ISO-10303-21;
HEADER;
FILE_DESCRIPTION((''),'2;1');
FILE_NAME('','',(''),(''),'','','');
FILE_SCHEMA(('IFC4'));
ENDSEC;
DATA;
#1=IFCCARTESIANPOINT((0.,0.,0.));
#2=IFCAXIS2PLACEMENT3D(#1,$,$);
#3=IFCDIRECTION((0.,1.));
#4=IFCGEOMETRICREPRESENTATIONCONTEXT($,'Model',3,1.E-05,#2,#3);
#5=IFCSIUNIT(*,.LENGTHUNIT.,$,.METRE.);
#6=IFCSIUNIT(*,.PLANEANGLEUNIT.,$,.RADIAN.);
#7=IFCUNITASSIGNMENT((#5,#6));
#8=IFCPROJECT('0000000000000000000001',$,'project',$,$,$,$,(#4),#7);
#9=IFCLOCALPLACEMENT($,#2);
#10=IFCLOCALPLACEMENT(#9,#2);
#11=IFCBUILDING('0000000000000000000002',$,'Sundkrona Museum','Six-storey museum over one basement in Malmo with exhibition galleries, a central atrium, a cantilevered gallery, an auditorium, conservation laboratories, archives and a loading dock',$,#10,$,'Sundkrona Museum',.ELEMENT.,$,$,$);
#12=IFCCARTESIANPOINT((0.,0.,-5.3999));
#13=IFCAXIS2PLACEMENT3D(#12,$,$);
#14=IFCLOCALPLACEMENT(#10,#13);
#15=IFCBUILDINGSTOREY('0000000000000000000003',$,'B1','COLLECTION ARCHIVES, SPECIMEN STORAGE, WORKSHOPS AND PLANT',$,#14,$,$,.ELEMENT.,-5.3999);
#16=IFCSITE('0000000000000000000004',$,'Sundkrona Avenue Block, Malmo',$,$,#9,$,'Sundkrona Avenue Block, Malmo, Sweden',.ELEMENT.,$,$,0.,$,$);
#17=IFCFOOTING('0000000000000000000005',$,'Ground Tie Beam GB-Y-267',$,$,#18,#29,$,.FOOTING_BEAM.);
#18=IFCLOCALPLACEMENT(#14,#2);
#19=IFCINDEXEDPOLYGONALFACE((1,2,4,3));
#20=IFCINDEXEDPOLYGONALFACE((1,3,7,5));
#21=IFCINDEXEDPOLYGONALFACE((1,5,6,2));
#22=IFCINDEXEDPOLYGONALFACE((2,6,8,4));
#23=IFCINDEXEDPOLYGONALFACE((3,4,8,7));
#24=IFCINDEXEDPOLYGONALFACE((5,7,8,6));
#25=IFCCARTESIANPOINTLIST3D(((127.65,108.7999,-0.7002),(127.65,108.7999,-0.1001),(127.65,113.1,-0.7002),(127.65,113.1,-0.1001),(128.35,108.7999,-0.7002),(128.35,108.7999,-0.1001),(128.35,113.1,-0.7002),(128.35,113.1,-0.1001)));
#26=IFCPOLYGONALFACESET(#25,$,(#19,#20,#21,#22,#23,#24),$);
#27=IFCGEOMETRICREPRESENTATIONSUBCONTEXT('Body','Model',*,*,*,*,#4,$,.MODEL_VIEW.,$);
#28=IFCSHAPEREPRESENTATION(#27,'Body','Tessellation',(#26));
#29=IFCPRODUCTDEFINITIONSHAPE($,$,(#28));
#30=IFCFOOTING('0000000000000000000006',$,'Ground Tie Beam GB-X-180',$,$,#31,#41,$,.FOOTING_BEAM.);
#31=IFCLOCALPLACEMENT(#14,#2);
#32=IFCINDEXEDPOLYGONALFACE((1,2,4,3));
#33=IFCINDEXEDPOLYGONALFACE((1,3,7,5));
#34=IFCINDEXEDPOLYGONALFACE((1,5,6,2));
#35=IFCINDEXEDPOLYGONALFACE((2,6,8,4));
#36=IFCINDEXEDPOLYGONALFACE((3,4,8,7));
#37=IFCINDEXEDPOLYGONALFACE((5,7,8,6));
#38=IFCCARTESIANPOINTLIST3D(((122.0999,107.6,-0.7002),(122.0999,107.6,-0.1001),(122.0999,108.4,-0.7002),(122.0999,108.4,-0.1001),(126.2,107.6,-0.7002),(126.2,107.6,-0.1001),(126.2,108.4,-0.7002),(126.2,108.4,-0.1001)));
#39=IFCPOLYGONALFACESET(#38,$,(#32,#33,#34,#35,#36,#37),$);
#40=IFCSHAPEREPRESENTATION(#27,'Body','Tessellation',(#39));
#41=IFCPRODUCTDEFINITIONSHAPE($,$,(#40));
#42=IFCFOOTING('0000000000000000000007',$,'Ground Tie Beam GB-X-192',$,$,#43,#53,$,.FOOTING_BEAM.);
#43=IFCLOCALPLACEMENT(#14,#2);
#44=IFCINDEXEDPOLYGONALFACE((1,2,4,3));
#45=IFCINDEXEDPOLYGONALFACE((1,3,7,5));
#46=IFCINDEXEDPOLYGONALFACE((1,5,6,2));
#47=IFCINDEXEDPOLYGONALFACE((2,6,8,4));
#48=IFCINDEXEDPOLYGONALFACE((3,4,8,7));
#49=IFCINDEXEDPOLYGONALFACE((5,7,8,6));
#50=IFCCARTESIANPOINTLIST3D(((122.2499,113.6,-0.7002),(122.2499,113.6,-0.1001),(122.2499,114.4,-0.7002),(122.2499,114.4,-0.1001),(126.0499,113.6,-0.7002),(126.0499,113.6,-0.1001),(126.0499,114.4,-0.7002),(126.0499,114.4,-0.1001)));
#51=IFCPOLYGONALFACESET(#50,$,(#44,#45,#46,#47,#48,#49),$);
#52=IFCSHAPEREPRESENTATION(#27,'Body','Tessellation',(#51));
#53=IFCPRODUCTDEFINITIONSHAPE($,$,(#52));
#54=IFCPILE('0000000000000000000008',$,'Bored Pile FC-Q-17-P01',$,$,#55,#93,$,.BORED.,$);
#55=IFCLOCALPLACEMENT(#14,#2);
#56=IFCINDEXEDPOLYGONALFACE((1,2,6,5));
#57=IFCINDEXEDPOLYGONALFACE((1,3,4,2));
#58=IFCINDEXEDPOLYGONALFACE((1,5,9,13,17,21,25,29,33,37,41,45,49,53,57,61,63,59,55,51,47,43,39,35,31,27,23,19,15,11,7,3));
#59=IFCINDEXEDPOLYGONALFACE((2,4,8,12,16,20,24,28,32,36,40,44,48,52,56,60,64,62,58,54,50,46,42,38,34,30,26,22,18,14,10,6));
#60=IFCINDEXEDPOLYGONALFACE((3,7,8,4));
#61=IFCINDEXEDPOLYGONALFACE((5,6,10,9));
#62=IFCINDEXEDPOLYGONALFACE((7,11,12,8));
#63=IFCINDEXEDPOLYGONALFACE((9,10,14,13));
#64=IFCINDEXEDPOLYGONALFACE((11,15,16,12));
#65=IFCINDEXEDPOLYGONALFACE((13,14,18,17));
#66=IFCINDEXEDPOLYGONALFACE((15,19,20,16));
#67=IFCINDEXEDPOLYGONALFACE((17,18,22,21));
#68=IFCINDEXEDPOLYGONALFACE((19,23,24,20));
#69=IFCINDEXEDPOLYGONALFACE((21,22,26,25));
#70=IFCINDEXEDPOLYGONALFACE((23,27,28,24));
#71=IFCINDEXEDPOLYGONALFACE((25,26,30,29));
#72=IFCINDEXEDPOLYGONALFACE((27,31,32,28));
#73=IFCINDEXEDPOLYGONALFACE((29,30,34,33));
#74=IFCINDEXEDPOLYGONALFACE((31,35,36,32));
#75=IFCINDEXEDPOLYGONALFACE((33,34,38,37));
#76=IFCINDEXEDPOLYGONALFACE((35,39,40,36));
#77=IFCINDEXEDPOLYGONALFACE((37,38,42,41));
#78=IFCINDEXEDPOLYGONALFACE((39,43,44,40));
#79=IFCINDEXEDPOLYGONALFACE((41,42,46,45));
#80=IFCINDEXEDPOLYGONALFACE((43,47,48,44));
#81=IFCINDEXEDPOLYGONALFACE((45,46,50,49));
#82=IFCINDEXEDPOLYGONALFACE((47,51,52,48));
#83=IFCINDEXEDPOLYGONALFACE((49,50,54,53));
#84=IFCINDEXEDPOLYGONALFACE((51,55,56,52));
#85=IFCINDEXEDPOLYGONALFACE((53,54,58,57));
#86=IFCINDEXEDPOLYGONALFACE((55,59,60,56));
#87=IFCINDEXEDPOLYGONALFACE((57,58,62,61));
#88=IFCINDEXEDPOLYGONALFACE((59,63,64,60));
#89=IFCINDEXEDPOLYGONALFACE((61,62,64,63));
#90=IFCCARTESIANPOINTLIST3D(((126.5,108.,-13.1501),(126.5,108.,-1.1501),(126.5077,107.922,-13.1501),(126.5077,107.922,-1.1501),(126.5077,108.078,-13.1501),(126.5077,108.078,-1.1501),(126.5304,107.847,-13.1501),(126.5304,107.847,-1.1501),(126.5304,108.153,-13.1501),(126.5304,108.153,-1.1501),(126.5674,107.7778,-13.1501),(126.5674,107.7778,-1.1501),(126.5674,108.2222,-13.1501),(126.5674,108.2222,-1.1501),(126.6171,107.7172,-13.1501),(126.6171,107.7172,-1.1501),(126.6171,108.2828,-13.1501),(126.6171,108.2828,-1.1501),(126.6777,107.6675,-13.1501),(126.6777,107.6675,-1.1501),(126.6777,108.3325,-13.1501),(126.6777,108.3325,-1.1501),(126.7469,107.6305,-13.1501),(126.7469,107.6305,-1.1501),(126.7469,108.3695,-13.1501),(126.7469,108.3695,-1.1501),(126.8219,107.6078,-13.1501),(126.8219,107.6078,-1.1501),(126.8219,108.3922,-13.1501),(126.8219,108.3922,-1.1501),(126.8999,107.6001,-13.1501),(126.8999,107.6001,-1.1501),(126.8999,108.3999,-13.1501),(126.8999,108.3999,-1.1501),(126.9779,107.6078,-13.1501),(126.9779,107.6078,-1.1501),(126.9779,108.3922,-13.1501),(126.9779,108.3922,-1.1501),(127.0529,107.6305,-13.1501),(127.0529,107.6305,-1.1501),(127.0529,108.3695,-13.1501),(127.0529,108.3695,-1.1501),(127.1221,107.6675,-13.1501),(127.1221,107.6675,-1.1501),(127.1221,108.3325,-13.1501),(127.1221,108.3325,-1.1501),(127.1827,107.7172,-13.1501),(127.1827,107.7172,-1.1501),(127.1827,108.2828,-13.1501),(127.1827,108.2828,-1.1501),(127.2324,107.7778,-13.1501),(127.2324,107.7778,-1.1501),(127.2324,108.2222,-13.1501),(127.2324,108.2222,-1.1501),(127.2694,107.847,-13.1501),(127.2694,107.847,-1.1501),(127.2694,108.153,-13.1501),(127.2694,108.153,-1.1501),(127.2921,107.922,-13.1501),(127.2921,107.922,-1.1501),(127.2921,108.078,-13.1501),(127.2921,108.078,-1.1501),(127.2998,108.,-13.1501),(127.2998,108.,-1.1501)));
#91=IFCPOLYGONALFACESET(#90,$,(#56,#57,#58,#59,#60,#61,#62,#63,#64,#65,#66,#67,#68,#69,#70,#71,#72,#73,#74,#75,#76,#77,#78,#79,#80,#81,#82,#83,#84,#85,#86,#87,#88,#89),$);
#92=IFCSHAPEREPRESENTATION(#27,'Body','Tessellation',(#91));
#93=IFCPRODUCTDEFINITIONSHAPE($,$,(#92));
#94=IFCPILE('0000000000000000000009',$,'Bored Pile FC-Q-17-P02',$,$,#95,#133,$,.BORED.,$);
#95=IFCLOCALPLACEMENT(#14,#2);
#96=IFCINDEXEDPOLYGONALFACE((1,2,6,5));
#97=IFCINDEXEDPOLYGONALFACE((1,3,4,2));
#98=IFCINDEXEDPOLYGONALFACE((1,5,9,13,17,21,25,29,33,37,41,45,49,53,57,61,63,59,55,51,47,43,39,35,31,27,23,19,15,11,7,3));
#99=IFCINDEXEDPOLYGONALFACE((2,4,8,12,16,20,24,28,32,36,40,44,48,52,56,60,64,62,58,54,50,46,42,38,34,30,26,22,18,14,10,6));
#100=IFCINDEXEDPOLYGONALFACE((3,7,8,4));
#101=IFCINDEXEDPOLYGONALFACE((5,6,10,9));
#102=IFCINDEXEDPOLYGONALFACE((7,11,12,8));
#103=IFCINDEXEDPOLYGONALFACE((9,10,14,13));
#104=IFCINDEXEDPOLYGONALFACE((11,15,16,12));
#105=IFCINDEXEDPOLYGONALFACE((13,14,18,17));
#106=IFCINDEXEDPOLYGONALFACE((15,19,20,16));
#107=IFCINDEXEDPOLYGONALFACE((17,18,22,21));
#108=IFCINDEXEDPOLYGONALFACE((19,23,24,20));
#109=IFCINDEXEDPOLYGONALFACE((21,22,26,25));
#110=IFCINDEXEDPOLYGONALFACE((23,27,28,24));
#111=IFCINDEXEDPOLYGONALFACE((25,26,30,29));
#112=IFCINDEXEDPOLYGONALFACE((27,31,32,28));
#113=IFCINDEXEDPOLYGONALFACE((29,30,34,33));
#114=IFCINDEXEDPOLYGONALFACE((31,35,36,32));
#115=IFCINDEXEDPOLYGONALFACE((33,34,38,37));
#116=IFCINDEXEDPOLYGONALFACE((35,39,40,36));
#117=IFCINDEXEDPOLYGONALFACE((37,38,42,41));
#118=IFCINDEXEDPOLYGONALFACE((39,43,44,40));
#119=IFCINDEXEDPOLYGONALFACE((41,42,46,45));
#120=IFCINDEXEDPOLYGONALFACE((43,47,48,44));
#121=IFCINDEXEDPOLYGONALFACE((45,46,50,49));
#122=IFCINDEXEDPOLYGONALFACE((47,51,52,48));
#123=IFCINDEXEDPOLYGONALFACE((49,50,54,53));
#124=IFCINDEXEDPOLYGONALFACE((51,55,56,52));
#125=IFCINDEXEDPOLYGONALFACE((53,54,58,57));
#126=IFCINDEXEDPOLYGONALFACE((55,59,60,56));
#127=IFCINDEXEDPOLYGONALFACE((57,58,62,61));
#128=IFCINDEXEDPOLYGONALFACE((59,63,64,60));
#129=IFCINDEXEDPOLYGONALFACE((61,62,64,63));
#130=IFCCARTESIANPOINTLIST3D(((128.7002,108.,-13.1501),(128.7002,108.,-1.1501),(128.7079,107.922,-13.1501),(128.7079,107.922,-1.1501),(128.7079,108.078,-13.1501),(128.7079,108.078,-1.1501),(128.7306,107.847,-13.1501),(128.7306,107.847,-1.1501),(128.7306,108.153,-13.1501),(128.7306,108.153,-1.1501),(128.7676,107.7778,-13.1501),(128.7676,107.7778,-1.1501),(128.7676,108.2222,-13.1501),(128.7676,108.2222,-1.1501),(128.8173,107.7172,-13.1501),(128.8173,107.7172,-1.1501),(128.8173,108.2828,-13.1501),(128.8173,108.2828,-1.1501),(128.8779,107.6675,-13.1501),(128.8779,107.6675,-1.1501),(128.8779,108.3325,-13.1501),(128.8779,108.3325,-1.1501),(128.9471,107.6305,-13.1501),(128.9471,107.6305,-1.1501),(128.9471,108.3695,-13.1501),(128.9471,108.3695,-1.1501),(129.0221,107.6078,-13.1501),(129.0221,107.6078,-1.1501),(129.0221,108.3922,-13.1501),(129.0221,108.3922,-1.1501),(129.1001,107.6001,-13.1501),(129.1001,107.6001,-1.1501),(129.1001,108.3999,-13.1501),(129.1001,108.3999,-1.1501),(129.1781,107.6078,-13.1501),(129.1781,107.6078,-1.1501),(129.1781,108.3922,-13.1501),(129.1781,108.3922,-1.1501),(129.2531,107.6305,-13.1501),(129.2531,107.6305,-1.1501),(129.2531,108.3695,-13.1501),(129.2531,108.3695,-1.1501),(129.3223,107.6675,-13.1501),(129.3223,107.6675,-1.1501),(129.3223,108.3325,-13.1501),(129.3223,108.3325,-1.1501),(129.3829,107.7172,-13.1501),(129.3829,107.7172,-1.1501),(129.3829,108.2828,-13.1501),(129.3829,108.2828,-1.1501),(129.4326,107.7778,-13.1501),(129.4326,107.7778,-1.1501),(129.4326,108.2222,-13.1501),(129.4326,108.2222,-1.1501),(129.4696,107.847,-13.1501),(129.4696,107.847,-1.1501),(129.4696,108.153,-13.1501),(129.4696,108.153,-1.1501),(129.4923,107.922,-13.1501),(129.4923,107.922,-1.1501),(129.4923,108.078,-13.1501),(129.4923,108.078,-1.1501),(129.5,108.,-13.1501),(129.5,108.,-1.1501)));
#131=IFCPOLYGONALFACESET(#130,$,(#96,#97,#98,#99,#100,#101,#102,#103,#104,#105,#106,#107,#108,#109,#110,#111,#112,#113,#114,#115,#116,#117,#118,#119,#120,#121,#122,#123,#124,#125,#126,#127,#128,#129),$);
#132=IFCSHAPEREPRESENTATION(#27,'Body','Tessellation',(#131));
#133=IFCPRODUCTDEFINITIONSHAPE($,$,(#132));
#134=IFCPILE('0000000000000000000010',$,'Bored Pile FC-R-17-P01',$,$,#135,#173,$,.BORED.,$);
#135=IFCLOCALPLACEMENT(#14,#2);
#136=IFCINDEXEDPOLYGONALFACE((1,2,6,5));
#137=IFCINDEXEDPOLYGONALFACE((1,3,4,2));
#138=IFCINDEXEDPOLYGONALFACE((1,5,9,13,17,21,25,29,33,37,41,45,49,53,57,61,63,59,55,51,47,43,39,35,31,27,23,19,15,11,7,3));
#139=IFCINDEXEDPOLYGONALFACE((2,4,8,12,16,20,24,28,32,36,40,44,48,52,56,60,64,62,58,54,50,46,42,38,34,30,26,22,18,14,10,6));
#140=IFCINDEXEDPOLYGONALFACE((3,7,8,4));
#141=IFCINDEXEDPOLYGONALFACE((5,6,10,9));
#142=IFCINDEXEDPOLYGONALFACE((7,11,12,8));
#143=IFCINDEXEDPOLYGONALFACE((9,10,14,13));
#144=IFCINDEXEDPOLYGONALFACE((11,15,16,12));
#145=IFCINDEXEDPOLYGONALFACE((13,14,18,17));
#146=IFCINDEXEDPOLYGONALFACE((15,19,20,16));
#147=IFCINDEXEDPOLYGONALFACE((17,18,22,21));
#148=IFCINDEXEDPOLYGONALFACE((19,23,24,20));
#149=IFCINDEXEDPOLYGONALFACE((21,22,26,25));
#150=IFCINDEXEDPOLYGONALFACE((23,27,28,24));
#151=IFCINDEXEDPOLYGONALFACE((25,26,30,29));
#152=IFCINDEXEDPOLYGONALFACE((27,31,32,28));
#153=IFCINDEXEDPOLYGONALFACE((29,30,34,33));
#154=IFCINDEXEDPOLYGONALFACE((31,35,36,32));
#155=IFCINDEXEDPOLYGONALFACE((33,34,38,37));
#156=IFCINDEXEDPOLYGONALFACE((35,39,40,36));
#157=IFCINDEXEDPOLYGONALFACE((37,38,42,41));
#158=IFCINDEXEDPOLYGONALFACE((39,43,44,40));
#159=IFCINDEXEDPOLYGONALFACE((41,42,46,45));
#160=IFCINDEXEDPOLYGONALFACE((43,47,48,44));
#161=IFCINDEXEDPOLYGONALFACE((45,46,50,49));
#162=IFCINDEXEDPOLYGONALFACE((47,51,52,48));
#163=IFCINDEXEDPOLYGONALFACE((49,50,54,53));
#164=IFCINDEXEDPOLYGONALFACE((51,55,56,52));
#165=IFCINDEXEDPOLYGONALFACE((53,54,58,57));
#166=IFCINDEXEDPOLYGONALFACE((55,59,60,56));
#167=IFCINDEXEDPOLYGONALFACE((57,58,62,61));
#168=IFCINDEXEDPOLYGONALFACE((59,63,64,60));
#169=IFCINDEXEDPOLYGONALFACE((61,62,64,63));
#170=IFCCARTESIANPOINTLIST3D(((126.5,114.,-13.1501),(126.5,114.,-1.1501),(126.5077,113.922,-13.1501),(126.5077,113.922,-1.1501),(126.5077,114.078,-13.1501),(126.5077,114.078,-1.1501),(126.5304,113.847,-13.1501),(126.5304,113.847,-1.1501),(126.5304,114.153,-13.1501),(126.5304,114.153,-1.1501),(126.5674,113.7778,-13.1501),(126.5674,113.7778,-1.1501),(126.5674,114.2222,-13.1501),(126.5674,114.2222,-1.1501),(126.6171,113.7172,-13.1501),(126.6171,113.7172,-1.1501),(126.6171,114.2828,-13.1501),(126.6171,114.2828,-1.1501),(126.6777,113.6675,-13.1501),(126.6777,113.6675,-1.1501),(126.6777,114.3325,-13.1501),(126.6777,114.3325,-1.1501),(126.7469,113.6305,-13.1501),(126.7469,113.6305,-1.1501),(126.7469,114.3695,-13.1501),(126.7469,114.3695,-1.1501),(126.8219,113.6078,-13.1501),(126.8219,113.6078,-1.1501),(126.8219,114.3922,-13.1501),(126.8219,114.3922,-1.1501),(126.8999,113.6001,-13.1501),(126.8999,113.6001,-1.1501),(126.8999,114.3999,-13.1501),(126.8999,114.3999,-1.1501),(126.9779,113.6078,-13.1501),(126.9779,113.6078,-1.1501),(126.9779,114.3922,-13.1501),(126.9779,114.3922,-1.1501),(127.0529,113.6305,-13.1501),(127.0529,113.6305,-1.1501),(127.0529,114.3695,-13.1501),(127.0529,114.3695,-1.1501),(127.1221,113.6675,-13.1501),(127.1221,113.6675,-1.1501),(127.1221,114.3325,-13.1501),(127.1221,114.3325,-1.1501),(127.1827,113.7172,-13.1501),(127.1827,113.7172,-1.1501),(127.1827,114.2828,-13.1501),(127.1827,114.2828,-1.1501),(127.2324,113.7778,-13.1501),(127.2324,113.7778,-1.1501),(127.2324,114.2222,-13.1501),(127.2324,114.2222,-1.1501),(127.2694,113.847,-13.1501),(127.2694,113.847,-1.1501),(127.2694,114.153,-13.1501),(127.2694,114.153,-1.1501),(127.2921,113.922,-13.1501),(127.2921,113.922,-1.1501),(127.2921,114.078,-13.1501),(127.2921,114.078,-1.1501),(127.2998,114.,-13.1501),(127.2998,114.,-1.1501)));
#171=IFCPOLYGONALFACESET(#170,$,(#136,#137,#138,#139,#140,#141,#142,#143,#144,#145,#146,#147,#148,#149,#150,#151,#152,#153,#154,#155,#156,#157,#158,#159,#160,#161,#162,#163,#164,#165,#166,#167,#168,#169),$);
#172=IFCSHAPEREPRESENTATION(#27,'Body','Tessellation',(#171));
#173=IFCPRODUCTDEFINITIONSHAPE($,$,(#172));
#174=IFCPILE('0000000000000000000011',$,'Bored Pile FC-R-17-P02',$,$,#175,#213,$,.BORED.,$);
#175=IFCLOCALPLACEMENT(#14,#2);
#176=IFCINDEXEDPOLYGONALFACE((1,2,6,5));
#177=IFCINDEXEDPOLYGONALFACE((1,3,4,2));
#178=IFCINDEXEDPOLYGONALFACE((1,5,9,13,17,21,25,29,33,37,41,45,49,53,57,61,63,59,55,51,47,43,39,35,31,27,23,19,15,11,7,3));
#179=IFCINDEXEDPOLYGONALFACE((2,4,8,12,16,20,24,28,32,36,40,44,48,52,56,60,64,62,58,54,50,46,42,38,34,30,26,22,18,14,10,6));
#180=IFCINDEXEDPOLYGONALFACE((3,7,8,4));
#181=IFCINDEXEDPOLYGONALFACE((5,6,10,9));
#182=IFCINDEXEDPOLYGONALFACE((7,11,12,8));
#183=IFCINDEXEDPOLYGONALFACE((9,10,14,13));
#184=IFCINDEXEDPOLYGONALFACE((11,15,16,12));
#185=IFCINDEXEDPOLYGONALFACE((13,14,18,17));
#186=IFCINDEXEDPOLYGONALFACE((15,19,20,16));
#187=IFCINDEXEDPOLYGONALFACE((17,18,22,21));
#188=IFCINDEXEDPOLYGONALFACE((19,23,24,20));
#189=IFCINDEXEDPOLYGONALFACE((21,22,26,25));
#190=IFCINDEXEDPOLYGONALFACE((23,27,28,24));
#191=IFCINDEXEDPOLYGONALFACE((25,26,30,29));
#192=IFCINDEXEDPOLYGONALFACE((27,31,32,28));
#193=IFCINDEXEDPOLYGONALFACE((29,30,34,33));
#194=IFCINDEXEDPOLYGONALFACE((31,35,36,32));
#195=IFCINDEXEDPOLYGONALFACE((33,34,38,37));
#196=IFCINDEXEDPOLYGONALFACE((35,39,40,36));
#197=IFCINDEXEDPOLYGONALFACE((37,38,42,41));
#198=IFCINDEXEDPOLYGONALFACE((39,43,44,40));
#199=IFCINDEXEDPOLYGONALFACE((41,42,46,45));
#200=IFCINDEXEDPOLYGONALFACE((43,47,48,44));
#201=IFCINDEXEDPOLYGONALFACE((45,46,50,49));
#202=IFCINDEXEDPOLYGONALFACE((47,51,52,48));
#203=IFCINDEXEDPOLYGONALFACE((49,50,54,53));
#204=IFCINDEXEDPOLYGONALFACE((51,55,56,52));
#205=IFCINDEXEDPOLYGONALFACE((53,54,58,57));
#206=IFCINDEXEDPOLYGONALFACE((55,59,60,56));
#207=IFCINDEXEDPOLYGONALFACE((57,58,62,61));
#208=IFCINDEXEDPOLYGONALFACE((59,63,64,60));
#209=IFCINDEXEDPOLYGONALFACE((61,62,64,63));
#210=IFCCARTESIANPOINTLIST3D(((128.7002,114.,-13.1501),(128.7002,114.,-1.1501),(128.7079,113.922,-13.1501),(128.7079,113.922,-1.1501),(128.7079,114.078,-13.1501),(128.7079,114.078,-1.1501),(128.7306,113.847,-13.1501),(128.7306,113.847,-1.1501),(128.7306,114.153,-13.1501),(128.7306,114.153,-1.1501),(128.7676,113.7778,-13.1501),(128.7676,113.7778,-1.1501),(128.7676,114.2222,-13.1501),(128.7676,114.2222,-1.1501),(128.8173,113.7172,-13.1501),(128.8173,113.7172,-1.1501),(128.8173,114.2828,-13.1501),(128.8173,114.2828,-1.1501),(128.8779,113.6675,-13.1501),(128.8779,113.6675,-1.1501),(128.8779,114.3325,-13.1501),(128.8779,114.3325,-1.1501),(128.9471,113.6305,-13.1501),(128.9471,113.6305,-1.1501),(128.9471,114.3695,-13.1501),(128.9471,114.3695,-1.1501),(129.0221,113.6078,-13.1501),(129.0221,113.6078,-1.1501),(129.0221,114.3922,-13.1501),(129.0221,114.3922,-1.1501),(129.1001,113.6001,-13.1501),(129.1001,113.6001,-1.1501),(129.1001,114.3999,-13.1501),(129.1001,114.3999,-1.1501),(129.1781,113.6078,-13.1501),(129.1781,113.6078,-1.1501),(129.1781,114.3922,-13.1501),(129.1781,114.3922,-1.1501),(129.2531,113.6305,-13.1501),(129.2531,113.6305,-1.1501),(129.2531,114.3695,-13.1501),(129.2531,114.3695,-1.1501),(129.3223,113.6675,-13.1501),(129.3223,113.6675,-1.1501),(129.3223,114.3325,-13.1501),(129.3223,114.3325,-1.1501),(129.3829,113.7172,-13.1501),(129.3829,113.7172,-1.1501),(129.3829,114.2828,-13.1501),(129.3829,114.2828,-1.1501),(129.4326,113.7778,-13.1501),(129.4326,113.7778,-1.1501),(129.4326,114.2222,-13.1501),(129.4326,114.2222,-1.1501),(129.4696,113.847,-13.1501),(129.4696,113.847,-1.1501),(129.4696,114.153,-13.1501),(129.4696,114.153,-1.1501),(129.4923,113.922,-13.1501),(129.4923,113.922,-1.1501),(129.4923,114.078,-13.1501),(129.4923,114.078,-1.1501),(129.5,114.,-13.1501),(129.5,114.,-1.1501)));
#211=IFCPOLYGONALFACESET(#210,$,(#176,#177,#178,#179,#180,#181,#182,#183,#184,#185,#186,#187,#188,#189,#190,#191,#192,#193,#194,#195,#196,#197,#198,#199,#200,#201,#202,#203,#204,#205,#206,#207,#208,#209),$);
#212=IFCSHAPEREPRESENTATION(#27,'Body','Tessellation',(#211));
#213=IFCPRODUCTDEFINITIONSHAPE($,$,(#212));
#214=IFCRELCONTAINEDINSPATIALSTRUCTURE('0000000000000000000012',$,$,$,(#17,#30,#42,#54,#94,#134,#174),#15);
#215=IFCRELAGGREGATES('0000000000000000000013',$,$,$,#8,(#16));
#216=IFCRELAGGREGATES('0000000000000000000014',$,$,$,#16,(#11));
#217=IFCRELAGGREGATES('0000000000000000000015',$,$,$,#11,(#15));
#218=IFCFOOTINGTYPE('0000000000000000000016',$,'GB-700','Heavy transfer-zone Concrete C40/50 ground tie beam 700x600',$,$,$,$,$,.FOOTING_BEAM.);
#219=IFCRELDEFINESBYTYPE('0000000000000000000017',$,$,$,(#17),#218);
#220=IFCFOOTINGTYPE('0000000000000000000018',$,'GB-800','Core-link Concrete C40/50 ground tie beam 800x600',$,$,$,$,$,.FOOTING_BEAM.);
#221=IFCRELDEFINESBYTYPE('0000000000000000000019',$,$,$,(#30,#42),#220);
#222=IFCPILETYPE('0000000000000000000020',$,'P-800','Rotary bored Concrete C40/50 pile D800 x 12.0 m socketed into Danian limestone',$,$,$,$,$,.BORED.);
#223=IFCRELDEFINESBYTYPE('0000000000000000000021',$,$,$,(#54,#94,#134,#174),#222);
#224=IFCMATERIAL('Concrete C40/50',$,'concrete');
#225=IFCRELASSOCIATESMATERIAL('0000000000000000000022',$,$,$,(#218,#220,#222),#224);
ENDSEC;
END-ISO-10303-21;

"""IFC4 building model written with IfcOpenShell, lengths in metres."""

from ifc_helpers import new_model, si_unit, direction, frame, origin, origin_2d, place, context, subcontext, project, spatial, rectangle, circle, extrude, material, material_profile, profile_set, type_object, element, save


model = new_model("IFC4")

# Units and contexts
model_context = context("Model", 3, precision=1e-05, world=origin(), true_north=direction((0.0, 1.0)))
body_context = subcontext(model_context, "Body", "Model", "MODEL_VIEW")
ifc_project = project(units=[si_unit("LENGTHUNIT", "METRE"), si_unit("PLANEANGLEUNIT", "RADIAN")], contexts=[model_context])

# Site, building, storey
site_placement = place(None, origin())
site = spatial("IfcSite", under=ifc_project, at=site_placement, Name="Sundkrona Avenue Block, Malmo", LongName="Sundkrona Avenue Block, Malmo, Sweden", CompositionType="ELEMENT", RefElevation=0.0)
building_placement = place(site_placement, origin())
building = spatial("IfcBuilding", under=site, at=building_placement, Name="Sundkrona Museum", Description="Six-storey museum over one basement in Malmo with exhibition galleries, a central atrium, a cantilevered gallery, an auditorium, conservation laboratories, archives and a loading dock", LongName="Sundkrona Museum", CompositionType="ELEMENT")
storey_placement = place(building_placement, frame((0.0, 0.0, -5.3999)))
storey = spatial("IfcBuildingStorey", under=building, at=storey_placement, Name="B1", Description="COLLECTION ARCHIVES, SPECIMEN STORAGE, WORKSHOPS AND PLANT", CompositionType="ELEMENT", Elevation=-5.3999)

# Footings
ifc_material_1 = material(Name="Concrete C40/50", Category="concrete")
footing_type_1 = type_object("IfcFootingType", Name="GB-700", Description="Heavy transfer-zone Concrete C40/50 ground tie beam 700x600", PredefinedType="FOOTING_BEAM", material=ifc_material_1)
footing_1_placement = place(storey_placement, frame((128.0, 110.95, -0.7002), z_axis=(0.0, 0.0, 1.0), x_axis=(0.0, 1.0, 0.0)))
element("IfcFooting", 1, at=footing_1_placement, inside=storey, type_object=footing_type_1, Name="Ground Tie Beam GB-Y-267", PredefinedType="FOOTING_BEAM", context=body_context, shape_type="SweptSolid", body=[
    extrude(rectangle(XDim=4.3, YDim=0.7, at=origin_2d()), origin(), (0.0, 0.0, 1.0), 0.6001),
])
footing_type_2 = type_object("IfcFootingType", Name="GB-800", Description="Core-link Concrete C40/50 ground tie beam 800x600", PredefinedType="FOOTING_BEAM", material=ifc_material_1)
footing_2_placement = place(storey_placement, frame((124.1499, 108.0, -0.7002), z_axis=(0.0, 0.0, 1.0), x_axis=(1.0, 0.0, 0.0)))
element("IfcFooting", 2, at=footing_2_placement, inside=storey, type_object=footing_type_2, Name="Ground Tie Beam GB-X-180", PredefinedType="FOOTING_BEAM", context=body_context, shape_type="SweptSolid", body=[
    extrude(rectangle(XDim=4.1001, YDim=0.8, at=origin_2d()), origin(), (0.0, 0.0, 1.0), 0.6001),
])
footing_3_placement = place(storey_placement, frame((124.1499, 114.0, -0.7002), z_axis=(0.0, 0.0, 1.0), x_axis=(1.0, 0.0, 0.0)))
element("IfcFooting", 3, at=footing_3_placement, inside=storey, type_object=footing_type_2, Name="Ground Tie Beam GB-X-192", PredefinedType="FOOTING_BEAM", context=body_context, shape_type="SweptSolid", body=[
    extrude(rectangle(XDim=3.8, YDim=0.8, at=origin_2d()), origin(), (0.0, 0.0, 1.0), 0.6001),
])

# Piles
ifc_material_profile_1 = material_profile(ifc_material_1, circle(Radius=0.3999, at=origin_2d()), Name="PILE D800")
ifc_profile_set_1 = profile_set([ifc_material_profile_1], Name="Concrete C40/50")
pile_type = type_object("IfcPileType", Name="P-800", Description="Rotary bored Concrete C40/50 pile D800 x 12.0 m socketed into Danian limestone", PredefinedType="BORED", material=ifc_profile_set_1)
for number, where, z_axis, x_axis, name in (
    (4, (126.8999, 108.0, -1.1501), (0.0, 0.0, -1.0), (1.0, 0.0, 0.0), "Bored Pile FC-Q-17-P01"),
    (5, (129.1001, 108.0, -1.1501), (0.0, 0.0, -1.0), (1.0, 0.0, 0.0), "Bored Pile FC-Q-17-P02"),
    (6, (126.8999, 114.0, -1.1501), (0.0, 0.0, -1.0), (1.0, 0.0, 0.0), "Bored Pile FC-R-17-P01"),
    (7, (129.1001, 114.0, -1.1501), (0.0, 0.0, -1.0), (1.0, 0.0, 0.0), "Bored Pile FC-R-17-P02"),
):
    element("IfcPile", number, at=place(storey_placement, frame(where, z_axis=z_axis, x_axis=x_axis)), inside=storey, type_object=pile_type, Name=name, PredefinedType="BORED", context=body_context, shape_type="SweptSolid", body=[
        extrude(circle(Radius=0.3999, at=origin_2d()), origin(), (0.0, 0.0, 1.0), 12.0),
    ])

save(model, "model.ifc")
